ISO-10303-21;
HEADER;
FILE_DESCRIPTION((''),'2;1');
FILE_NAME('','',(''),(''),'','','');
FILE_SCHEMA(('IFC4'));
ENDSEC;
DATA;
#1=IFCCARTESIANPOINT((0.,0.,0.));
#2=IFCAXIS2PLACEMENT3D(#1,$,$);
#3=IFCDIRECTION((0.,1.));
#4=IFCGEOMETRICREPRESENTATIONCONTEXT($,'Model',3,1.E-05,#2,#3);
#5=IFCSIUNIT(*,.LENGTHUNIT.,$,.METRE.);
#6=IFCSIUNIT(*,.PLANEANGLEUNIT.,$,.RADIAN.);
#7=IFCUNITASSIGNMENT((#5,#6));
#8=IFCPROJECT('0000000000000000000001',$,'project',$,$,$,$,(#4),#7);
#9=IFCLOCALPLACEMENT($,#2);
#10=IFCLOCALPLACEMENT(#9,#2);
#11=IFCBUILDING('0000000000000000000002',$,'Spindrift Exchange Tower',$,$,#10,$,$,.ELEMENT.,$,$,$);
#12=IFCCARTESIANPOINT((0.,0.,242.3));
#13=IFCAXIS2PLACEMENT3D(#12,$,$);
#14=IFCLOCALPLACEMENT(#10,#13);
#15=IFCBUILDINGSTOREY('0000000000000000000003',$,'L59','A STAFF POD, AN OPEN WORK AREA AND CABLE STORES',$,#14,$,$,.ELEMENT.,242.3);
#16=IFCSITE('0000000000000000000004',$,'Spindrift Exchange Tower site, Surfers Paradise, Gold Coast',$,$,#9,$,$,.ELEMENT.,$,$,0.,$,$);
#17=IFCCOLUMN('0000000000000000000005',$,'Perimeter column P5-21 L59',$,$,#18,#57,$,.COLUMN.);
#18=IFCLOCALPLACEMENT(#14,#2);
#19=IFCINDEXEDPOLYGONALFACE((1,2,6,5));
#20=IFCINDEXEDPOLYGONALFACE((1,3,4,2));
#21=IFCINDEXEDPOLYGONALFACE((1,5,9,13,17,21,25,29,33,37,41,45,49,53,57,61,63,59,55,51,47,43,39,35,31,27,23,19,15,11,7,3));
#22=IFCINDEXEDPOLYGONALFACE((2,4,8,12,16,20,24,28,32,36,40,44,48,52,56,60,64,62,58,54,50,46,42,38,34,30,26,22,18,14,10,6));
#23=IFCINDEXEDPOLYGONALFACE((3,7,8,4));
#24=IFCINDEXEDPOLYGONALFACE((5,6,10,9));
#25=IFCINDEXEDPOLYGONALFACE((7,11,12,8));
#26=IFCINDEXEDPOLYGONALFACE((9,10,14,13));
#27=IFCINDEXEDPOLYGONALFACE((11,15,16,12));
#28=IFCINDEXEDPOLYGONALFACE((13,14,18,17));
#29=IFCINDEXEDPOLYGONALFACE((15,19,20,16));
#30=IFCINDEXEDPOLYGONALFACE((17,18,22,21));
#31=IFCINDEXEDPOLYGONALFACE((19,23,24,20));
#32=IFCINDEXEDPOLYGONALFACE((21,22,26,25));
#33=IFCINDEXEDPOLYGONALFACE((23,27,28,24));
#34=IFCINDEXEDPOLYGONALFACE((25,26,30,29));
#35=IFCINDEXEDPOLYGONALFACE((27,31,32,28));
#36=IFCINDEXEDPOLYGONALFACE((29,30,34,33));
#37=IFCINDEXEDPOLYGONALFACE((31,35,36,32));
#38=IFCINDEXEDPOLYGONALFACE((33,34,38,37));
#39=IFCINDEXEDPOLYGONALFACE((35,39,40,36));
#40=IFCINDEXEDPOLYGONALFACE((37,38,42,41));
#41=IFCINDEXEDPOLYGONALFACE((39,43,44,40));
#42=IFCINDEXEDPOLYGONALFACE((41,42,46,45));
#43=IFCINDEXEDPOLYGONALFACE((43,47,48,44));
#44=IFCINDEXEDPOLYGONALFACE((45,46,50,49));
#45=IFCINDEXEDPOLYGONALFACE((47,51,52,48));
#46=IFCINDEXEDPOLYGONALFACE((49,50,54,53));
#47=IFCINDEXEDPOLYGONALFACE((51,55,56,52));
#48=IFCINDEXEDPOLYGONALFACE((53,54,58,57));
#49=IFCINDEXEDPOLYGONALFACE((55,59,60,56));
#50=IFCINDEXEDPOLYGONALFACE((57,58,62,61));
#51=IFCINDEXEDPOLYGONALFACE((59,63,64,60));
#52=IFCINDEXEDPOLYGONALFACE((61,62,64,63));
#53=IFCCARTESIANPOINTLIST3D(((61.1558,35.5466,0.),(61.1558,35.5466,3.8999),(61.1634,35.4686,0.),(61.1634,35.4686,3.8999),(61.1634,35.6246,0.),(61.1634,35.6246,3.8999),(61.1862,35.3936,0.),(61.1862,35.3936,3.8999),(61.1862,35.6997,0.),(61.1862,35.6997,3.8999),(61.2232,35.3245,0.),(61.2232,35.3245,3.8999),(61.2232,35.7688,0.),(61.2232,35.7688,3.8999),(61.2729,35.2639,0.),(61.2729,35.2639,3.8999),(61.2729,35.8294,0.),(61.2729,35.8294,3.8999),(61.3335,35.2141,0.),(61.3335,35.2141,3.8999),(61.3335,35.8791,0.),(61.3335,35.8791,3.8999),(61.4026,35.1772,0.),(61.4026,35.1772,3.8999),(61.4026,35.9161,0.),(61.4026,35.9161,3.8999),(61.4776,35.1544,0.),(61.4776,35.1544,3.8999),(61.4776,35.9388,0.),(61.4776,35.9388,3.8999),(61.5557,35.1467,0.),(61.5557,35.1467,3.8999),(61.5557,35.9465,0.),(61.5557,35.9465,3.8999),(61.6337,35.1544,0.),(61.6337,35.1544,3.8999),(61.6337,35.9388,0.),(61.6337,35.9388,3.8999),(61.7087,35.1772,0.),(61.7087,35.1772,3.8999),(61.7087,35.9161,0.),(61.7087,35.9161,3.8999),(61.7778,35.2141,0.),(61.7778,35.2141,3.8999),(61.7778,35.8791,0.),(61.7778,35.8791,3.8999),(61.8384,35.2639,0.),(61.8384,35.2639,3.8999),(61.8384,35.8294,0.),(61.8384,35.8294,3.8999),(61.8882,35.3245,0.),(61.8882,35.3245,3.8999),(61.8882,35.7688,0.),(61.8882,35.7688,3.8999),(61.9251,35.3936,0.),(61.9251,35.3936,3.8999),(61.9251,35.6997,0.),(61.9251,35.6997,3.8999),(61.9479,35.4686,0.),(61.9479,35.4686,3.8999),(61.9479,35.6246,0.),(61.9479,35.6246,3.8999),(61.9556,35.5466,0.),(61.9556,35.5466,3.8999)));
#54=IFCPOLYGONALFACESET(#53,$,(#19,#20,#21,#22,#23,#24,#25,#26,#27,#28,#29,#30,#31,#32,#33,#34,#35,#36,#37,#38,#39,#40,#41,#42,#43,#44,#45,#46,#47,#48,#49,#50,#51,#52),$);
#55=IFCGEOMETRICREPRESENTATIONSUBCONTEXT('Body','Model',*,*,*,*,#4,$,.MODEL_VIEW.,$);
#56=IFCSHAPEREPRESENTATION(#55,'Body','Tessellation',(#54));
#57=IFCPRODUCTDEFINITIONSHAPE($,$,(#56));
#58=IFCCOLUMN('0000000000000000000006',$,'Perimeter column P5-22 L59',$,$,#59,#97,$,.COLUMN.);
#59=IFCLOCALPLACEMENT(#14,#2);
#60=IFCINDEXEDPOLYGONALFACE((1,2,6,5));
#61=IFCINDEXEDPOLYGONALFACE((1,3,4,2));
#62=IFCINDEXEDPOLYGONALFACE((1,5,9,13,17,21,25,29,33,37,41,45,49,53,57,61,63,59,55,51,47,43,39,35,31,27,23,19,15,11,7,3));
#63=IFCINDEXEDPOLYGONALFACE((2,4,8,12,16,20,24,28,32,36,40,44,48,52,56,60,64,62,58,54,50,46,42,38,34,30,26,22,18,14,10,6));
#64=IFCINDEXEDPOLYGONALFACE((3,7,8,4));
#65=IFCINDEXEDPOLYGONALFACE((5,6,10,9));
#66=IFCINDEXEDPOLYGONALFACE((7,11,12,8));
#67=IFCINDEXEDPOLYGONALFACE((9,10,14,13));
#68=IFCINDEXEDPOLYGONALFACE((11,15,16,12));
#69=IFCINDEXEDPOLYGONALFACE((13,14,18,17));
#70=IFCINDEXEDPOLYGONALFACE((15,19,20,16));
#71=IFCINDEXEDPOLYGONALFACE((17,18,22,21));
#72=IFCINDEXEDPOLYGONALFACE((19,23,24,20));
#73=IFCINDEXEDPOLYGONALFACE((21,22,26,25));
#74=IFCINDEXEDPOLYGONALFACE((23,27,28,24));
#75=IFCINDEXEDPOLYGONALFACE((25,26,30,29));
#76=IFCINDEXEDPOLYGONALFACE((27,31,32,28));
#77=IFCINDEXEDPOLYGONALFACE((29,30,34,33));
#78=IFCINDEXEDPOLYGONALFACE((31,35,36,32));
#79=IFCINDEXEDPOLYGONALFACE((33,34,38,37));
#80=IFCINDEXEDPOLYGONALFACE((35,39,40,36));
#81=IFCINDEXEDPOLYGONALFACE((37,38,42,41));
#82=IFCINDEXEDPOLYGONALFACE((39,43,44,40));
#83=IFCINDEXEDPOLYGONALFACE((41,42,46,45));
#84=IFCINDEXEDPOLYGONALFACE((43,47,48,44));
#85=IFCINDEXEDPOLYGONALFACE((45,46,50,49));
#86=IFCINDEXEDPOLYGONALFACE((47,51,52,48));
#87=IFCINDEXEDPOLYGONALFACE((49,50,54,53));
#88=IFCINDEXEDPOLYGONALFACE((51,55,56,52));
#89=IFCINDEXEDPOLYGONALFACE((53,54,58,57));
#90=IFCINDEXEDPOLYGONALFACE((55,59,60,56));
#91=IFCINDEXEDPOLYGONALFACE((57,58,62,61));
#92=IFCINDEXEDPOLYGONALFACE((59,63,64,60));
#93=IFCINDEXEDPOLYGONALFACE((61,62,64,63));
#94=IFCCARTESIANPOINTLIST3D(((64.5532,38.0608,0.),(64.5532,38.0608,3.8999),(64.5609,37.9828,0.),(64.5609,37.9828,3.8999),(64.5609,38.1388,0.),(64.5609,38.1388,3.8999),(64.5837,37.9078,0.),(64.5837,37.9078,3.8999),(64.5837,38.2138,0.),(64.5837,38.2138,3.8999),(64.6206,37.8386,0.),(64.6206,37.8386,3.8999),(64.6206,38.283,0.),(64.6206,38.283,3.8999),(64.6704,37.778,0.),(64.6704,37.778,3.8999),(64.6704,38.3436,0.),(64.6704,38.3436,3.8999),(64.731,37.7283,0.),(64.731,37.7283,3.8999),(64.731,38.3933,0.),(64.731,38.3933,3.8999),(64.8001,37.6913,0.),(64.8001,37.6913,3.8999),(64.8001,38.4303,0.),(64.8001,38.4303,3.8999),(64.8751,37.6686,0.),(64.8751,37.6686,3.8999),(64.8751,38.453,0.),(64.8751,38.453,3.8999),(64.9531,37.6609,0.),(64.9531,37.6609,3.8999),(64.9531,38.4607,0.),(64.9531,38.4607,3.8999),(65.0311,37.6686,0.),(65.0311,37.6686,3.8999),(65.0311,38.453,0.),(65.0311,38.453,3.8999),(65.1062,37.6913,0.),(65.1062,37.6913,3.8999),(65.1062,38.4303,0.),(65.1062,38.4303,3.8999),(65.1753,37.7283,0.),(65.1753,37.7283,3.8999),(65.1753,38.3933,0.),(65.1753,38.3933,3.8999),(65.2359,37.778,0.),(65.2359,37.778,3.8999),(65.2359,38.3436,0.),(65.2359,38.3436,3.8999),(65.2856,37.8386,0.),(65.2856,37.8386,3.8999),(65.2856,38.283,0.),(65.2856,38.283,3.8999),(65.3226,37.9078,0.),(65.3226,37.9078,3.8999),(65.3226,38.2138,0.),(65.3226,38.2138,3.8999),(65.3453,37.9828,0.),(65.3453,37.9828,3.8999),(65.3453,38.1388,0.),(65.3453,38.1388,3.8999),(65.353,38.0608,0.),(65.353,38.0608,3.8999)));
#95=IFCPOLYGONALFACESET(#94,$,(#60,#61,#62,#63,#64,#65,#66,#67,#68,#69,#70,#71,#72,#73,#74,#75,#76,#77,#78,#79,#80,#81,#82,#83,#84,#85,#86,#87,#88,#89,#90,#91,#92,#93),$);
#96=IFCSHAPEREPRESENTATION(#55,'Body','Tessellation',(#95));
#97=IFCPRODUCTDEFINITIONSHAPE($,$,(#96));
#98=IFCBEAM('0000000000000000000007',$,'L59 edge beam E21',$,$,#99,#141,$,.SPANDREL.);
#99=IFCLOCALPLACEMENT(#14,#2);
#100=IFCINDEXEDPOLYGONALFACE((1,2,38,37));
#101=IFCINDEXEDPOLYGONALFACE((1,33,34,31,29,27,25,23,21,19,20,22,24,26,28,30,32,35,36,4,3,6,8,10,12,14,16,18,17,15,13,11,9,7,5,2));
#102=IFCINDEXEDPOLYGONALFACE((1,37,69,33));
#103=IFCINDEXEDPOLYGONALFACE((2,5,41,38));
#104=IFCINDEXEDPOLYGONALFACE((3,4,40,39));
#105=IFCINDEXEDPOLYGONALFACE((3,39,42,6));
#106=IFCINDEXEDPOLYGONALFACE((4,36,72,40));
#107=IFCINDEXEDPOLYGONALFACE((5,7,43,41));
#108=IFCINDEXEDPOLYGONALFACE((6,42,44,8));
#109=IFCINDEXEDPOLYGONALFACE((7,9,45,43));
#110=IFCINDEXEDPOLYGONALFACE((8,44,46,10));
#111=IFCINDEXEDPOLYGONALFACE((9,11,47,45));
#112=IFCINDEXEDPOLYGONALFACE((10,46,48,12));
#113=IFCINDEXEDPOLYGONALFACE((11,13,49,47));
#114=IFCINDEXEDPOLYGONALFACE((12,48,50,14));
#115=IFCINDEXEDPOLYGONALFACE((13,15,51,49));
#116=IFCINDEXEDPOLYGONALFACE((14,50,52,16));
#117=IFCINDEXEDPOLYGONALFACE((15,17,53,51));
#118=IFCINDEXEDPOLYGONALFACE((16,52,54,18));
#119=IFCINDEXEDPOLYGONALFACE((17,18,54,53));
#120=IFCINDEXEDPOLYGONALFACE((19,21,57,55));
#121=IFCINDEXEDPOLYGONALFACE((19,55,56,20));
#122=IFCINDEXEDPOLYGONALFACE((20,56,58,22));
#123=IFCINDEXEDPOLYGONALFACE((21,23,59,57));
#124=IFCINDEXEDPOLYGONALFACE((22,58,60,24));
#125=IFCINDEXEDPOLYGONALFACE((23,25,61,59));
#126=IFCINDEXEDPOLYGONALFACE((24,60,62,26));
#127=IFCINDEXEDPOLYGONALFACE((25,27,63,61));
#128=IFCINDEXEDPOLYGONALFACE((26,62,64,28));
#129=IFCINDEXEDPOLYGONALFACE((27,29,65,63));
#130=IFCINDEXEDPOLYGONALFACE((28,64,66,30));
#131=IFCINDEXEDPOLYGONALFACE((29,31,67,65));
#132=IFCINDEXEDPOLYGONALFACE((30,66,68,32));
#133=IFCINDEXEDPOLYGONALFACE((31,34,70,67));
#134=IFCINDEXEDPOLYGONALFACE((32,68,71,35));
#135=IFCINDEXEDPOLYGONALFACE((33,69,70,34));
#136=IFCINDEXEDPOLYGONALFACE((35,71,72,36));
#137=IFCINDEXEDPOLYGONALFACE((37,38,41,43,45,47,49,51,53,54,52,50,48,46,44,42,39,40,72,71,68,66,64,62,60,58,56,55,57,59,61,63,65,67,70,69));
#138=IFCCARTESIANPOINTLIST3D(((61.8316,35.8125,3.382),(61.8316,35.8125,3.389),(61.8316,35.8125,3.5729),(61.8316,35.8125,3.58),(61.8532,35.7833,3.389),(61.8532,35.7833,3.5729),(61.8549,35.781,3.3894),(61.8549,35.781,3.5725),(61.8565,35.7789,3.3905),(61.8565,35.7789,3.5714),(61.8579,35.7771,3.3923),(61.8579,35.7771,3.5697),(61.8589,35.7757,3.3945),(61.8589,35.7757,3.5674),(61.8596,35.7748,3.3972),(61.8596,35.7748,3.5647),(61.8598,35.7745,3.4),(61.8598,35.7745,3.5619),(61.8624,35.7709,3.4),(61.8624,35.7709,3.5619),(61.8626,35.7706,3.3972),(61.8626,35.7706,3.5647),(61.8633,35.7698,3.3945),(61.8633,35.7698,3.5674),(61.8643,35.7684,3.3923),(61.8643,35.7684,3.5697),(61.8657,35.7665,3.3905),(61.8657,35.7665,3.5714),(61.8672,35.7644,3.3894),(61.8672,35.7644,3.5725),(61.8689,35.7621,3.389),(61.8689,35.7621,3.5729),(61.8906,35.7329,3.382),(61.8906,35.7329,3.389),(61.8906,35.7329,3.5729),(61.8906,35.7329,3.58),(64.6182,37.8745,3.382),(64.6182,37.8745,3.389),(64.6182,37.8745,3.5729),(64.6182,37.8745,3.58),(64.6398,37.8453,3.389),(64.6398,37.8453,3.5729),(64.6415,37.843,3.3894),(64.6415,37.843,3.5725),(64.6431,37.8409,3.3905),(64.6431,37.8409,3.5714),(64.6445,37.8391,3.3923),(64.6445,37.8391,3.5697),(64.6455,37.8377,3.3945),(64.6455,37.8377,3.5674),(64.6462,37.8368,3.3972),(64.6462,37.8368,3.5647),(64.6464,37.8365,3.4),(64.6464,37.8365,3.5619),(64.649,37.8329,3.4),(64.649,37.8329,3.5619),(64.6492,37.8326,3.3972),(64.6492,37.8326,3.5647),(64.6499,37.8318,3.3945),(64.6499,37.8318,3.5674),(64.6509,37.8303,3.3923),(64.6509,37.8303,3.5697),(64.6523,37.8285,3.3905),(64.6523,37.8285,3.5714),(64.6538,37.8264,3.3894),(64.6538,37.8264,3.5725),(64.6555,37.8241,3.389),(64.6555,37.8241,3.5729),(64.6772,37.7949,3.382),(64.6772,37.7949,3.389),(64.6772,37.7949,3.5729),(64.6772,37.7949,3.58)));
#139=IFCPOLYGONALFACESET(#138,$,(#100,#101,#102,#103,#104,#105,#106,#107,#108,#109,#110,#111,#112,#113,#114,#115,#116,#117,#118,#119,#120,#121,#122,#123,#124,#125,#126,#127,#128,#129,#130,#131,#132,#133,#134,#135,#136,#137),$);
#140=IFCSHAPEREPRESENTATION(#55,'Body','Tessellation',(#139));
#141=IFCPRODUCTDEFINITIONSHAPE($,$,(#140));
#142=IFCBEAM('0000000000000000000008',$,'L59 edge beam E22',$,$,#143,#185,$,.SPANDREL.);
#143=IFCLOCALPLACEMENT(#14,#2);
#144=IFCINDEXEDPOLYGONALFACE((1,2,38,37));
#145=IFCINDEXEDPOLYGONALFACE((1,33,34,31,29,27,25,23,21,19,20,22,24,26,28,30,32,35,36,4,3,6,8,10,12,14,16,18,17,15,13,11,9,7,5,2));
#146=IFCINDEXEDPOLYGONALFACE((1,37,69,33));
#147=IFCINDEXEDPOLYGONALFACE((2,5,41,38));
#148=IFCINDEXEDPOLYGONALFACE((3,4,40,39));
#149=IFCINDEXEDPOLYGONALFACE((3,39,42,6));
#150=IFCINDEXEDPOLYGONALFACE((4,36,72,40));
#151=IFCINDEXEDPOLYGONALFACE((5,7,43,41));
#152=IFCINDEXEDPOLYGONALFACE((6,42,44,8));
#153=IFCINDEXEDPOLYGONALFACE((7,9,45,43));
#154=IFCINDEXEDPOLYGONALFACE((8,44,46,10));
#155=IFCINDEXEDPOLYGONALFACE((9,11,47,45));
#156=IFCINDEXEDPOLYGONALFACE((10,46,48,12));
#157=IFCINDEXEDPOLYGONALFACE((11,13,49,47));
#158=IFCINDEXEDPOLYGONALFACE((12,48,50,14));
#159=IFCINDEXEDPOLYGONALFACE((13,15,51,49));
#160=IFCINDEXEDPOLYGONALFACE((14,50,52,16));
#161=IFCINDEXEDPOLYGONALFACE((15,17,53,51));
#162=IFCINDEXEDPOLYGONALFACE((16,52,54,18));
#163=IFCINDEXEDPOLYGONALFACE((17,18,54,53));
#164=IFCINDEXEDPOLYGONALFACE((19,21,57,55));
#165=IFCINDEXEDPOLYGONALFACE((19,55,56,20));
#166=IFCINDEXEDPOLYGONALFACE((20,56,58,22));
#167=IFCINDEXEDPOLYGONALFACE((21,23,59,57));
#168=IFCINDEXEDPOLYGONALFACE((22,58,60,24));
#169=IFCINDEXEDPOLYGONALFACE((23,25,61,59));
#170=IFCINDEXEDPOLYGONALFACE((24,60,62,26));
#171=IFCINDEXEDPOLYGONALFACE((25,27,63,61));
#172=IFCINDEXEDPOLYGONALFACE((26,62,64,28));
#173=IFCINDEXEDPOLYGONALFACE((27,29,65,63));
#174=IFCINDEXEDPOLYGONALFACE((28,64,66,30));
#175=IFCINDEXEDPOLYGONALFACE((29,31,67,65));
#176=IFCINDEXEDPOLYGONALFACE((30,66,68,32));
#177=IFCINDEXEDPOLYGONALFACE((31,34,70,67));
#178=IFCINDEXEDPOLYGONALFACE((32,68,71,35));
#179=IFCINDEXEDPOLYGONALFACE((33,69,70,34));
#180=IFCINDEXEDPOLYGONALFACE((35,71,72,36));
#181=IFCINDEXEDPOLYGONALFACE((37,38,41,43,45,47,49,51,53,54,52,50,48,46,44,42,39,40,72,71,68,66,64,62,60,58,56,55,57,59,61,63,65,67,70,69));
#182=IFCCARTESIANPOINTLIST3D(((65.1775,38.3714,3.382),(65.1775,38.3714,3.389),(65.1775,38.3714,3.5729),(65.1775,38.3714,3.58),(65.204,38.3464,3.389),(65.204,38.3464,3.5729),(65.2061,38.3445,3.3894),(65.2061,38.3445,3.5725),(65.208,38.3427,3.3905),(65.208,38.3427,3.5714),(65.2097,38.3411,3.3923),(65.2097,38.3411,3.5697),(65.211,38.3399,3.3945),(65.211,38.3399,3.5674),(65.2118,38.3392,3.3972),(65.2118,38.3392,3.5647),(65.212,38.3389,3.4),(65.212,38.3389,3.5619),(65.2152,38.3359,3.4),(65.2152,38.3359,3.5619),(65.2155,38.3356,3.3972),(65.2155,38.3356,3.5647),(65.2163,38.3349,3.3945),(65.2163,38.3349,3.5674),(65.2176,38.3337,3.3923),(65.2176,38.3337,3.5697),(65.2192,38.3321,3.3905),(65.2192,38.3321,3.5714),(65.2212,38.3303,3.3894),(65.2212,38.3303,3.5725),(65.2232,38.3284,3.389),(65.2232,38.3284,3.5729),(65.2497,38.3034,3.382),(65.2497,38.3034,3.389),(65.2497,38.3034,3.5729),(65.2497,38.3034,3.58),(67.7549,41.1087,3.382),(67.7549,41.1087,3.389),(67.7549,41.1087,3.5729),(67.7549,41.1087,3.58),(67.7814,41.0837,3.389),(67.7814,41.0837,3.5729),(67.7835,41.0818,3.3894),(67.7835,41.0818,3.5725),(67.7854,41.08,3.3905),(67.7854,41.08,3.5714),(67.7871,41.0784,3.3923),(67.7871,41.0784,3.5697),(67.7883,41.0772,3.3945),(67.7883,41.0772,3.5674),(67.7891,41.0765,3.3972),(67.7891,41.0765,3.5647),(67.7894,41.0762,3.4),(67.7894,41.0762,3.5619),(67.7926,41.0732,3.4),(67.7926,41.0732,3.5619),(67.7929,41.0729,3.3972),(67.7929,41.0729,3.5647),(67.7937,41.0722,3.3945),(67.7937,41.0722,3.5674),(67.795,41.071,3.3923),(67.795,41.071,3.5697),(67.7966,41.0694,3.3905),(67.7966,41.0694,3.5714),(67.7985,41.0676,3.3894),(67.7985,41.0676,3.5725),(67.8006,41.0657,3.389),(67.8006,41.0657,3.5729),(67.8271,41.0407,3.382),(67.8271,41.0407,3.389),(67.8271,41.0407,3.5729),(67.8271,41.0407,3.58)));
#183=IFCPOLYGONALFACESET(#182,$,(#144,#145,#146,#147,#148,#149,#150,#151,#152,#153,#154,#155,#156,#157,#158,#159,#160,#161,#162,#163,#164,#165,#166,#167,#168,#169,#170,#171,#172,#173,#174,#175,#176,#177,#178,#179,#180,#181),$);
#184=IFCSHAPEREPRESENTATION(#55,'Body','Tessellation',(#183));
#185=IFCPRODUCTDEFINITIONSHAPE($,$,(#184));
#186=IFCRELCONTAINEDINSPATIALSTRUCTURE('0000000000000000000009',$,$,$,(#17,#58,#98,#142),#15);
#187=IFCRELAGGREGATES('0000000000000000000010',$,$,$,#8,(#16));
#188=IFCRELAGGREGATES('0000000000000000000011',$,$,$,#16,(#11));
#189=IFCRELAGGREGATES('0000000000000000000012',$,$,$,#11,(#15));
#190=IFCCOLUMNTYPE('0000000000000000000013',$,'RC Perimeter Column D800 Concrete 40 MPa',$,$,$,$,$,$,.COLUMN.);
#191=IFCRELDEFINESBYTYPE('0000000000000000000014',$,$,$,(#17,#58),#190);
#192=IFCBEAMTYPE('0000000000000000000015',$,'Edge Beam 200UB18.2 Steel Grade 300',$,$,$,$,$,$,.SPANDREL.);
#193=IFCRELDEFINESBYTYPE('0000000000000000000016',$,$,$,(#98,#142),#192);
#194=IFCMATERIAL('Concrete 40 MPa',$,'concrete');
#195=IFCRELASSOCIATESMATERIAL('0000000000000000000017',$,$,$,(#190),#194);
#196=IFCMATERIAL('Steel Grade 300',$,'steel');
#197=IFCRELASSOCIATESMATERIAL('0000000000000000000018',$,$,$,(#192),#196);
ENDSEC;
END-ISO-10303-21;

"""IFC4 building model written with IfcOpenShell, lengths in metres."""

from ifc_helpers import new_model, si_unit, direction, frame, origin, origin_2d, place, context, subcontext, project, spatial, circle, i_section, extrude, source, transform, mapped, material, material_profile, profile_set, type_object, element, save


model = new_model("IFC4")

# Units and contexts
model_context = context("Model", 3, precision=1e-05, world=origin(), true_north=direction((0.0, 1.0)))
body_context = subcontext(model_context, "Body", "Model", "MODEL_VIEW")
ifc_project = project(units=[si_unit("LENGTHUNIT", "METRE"), si_unit("PLANEANGLEUNIT", "RADIAN")], contexts=[model_context])

# Site, building, storey
site_placement = place(None, origin())
site = spatial("IfcSite", under=ifc_project, at=site_placement, Name="Spindrift Exchange Tower site, Surfers Paradise, Gold Coast", CompositionType="ELEMENT", RefElevation=0.0)
building_placement = place(site_placement, origin())
building = spatial("IfcBuilding", under=site, at=building_placement, Name="Spindrift Exchange Tower", CompositionType="ELEMENT")
storey_placement = place(building_placement, frame((0.0, 0.0, 242.3)))
storey = spatial("IfcBuildingStorey", under=building, at=storey_placement, Name="L59", Description="A STAFF POD, AN OPEN WORK AREA AND CABLE STORES", CompositionType="ELEMENT", Elevation=242.3)

# Columns
ifc_material_1 = material(Name="Concrete 40 MPa", Category="concrete")
ifc_material_profile_1 = material_profile(ifc_material_1, circle(Radius=0.3999, at=origin_2d()), Name="RC D800")
ifc_profile_set_1 = profile_set([ifc_material_profile_1], Name="Concrete 40 MPa")
column_type = type_object("IfcColumnType", Name="RC Perimeter Column D800 Concrete 40 MPa", PredefinedType="COLUMN", material=ifc_profile_set_1)
shared_shape_1 = source(origin(), body_context, "Body", "SweptSolid", [
    extrude(circle(Radius=0.3999, at=origin_2d()), origin(), (0.0, 0.0, 1.0), 3.8999),
])
for number, where, z_axis, x_axis, name in (
    (1, (61.5557, 35.5466, 0.0), (0.0, 0.0, 1.0), (1.0, 0.0, 0.0), "Perimeter column P5-21 L59"),
    (2, (64.9531, 38.0608, 0.0), (0.0, 0.0, 1.0), (1.0, 0.0, 0.0), "Perimeter column P5-22 L59"),
):
    element("IfcColumn", number, at=place(storey_placement, frame(where, z_axis=z_axis, x_axis=x_axis)), inside=storey, type_object=column_type, Name=name, PredefinedType="COLUMN", context=body_context, shape_type="MappedRepresentation", body=[
        mapped(shared_shape_1, transform((0.0, 0.0, 0.0), scale=1.0)),
    ])

# Beams
ifc_material_2 = material(Name="Steel Grade 300", Category="steel")
ifc_material_profile_2 = material_profile(ifc_material_2, i_section(OverallWidth=0.0991, OverallDepth=0.198, WebThickness=0.0044, FlangeThickness=0.0071, FilletRadius=0.011, at=origin_2d()), Name="200UB18.2")
ifc_profile_set_2 = profile_set([ifc_material_profile_2], Name="Steel Grade 300")
beam_type_1 = type_object("IfcBeamType", Name="Edge Beam 200UB18.2 Steel Grade 300", PredefinedType="SPANDREL", material=ifc_profile_set_2)
shared_shape_2 = source(origin(), body_context, "Body", "SweptSolid", [
    extrude(i_section(OverallWidth=0.0991, OverallDepth=0.198, WebThickness=0.0044, FlangeThickness=0.0071, FilletRadius=0.011, at=origin_2d()), origin(), (0.0, 0.0, 1.0), 3.4666),
])
beam_1_placement = place(storey_placement, frame((61.8611, 35.7727, 3.481), z_axis=(0.803854, 0.594827, 0.0), x_axis=(-0.594827, 0.803854, 0.0)))
element("IfcBeam", 3, at=beam_1_placement, inside=storey, type_object=beam_type_1, Name="L59 edge beam E21", PredefinedType="SPANDREL", context=body_context, shape_type="MappedRepresentation", body=[
    mapped(shared_shape_2, transform((0.0, 0.0, 0.0), scale=1.0)),
])
shared_shape_3 = source(origin(), body_context, "Body", "SweptSolid", [
    extrude(i_section(OverallWidth=0.0991, OverallDepth=0.198, WebThickness=0.0044, FlangeThickness=0.0071, FilletRadius=0.011, at=origin_2d()), origin(), (0.0, 0.0, 1.0), 3.7598),
])
beam_2_placement = place(storey_placement, frame((65.2136, 38.3374, 3.481), z_axis=(0.685521, 0.728053, 0.0), x_axis=(-0.728053, 0.685521, 0.0)))
element("IfcBeam", 4, at=beam_2_placement, inside=storey, type_object=beam_type_1, Name="L59 edge beam E22", PredefinedType="SPANDREL", context=body_context, shape_type="MappedRepresentation", body=[
    mapped(shared_shape_3, transform((0.0, 0.0, 0.0), scale=1.0)),
])

save(model, "model.ifc")
